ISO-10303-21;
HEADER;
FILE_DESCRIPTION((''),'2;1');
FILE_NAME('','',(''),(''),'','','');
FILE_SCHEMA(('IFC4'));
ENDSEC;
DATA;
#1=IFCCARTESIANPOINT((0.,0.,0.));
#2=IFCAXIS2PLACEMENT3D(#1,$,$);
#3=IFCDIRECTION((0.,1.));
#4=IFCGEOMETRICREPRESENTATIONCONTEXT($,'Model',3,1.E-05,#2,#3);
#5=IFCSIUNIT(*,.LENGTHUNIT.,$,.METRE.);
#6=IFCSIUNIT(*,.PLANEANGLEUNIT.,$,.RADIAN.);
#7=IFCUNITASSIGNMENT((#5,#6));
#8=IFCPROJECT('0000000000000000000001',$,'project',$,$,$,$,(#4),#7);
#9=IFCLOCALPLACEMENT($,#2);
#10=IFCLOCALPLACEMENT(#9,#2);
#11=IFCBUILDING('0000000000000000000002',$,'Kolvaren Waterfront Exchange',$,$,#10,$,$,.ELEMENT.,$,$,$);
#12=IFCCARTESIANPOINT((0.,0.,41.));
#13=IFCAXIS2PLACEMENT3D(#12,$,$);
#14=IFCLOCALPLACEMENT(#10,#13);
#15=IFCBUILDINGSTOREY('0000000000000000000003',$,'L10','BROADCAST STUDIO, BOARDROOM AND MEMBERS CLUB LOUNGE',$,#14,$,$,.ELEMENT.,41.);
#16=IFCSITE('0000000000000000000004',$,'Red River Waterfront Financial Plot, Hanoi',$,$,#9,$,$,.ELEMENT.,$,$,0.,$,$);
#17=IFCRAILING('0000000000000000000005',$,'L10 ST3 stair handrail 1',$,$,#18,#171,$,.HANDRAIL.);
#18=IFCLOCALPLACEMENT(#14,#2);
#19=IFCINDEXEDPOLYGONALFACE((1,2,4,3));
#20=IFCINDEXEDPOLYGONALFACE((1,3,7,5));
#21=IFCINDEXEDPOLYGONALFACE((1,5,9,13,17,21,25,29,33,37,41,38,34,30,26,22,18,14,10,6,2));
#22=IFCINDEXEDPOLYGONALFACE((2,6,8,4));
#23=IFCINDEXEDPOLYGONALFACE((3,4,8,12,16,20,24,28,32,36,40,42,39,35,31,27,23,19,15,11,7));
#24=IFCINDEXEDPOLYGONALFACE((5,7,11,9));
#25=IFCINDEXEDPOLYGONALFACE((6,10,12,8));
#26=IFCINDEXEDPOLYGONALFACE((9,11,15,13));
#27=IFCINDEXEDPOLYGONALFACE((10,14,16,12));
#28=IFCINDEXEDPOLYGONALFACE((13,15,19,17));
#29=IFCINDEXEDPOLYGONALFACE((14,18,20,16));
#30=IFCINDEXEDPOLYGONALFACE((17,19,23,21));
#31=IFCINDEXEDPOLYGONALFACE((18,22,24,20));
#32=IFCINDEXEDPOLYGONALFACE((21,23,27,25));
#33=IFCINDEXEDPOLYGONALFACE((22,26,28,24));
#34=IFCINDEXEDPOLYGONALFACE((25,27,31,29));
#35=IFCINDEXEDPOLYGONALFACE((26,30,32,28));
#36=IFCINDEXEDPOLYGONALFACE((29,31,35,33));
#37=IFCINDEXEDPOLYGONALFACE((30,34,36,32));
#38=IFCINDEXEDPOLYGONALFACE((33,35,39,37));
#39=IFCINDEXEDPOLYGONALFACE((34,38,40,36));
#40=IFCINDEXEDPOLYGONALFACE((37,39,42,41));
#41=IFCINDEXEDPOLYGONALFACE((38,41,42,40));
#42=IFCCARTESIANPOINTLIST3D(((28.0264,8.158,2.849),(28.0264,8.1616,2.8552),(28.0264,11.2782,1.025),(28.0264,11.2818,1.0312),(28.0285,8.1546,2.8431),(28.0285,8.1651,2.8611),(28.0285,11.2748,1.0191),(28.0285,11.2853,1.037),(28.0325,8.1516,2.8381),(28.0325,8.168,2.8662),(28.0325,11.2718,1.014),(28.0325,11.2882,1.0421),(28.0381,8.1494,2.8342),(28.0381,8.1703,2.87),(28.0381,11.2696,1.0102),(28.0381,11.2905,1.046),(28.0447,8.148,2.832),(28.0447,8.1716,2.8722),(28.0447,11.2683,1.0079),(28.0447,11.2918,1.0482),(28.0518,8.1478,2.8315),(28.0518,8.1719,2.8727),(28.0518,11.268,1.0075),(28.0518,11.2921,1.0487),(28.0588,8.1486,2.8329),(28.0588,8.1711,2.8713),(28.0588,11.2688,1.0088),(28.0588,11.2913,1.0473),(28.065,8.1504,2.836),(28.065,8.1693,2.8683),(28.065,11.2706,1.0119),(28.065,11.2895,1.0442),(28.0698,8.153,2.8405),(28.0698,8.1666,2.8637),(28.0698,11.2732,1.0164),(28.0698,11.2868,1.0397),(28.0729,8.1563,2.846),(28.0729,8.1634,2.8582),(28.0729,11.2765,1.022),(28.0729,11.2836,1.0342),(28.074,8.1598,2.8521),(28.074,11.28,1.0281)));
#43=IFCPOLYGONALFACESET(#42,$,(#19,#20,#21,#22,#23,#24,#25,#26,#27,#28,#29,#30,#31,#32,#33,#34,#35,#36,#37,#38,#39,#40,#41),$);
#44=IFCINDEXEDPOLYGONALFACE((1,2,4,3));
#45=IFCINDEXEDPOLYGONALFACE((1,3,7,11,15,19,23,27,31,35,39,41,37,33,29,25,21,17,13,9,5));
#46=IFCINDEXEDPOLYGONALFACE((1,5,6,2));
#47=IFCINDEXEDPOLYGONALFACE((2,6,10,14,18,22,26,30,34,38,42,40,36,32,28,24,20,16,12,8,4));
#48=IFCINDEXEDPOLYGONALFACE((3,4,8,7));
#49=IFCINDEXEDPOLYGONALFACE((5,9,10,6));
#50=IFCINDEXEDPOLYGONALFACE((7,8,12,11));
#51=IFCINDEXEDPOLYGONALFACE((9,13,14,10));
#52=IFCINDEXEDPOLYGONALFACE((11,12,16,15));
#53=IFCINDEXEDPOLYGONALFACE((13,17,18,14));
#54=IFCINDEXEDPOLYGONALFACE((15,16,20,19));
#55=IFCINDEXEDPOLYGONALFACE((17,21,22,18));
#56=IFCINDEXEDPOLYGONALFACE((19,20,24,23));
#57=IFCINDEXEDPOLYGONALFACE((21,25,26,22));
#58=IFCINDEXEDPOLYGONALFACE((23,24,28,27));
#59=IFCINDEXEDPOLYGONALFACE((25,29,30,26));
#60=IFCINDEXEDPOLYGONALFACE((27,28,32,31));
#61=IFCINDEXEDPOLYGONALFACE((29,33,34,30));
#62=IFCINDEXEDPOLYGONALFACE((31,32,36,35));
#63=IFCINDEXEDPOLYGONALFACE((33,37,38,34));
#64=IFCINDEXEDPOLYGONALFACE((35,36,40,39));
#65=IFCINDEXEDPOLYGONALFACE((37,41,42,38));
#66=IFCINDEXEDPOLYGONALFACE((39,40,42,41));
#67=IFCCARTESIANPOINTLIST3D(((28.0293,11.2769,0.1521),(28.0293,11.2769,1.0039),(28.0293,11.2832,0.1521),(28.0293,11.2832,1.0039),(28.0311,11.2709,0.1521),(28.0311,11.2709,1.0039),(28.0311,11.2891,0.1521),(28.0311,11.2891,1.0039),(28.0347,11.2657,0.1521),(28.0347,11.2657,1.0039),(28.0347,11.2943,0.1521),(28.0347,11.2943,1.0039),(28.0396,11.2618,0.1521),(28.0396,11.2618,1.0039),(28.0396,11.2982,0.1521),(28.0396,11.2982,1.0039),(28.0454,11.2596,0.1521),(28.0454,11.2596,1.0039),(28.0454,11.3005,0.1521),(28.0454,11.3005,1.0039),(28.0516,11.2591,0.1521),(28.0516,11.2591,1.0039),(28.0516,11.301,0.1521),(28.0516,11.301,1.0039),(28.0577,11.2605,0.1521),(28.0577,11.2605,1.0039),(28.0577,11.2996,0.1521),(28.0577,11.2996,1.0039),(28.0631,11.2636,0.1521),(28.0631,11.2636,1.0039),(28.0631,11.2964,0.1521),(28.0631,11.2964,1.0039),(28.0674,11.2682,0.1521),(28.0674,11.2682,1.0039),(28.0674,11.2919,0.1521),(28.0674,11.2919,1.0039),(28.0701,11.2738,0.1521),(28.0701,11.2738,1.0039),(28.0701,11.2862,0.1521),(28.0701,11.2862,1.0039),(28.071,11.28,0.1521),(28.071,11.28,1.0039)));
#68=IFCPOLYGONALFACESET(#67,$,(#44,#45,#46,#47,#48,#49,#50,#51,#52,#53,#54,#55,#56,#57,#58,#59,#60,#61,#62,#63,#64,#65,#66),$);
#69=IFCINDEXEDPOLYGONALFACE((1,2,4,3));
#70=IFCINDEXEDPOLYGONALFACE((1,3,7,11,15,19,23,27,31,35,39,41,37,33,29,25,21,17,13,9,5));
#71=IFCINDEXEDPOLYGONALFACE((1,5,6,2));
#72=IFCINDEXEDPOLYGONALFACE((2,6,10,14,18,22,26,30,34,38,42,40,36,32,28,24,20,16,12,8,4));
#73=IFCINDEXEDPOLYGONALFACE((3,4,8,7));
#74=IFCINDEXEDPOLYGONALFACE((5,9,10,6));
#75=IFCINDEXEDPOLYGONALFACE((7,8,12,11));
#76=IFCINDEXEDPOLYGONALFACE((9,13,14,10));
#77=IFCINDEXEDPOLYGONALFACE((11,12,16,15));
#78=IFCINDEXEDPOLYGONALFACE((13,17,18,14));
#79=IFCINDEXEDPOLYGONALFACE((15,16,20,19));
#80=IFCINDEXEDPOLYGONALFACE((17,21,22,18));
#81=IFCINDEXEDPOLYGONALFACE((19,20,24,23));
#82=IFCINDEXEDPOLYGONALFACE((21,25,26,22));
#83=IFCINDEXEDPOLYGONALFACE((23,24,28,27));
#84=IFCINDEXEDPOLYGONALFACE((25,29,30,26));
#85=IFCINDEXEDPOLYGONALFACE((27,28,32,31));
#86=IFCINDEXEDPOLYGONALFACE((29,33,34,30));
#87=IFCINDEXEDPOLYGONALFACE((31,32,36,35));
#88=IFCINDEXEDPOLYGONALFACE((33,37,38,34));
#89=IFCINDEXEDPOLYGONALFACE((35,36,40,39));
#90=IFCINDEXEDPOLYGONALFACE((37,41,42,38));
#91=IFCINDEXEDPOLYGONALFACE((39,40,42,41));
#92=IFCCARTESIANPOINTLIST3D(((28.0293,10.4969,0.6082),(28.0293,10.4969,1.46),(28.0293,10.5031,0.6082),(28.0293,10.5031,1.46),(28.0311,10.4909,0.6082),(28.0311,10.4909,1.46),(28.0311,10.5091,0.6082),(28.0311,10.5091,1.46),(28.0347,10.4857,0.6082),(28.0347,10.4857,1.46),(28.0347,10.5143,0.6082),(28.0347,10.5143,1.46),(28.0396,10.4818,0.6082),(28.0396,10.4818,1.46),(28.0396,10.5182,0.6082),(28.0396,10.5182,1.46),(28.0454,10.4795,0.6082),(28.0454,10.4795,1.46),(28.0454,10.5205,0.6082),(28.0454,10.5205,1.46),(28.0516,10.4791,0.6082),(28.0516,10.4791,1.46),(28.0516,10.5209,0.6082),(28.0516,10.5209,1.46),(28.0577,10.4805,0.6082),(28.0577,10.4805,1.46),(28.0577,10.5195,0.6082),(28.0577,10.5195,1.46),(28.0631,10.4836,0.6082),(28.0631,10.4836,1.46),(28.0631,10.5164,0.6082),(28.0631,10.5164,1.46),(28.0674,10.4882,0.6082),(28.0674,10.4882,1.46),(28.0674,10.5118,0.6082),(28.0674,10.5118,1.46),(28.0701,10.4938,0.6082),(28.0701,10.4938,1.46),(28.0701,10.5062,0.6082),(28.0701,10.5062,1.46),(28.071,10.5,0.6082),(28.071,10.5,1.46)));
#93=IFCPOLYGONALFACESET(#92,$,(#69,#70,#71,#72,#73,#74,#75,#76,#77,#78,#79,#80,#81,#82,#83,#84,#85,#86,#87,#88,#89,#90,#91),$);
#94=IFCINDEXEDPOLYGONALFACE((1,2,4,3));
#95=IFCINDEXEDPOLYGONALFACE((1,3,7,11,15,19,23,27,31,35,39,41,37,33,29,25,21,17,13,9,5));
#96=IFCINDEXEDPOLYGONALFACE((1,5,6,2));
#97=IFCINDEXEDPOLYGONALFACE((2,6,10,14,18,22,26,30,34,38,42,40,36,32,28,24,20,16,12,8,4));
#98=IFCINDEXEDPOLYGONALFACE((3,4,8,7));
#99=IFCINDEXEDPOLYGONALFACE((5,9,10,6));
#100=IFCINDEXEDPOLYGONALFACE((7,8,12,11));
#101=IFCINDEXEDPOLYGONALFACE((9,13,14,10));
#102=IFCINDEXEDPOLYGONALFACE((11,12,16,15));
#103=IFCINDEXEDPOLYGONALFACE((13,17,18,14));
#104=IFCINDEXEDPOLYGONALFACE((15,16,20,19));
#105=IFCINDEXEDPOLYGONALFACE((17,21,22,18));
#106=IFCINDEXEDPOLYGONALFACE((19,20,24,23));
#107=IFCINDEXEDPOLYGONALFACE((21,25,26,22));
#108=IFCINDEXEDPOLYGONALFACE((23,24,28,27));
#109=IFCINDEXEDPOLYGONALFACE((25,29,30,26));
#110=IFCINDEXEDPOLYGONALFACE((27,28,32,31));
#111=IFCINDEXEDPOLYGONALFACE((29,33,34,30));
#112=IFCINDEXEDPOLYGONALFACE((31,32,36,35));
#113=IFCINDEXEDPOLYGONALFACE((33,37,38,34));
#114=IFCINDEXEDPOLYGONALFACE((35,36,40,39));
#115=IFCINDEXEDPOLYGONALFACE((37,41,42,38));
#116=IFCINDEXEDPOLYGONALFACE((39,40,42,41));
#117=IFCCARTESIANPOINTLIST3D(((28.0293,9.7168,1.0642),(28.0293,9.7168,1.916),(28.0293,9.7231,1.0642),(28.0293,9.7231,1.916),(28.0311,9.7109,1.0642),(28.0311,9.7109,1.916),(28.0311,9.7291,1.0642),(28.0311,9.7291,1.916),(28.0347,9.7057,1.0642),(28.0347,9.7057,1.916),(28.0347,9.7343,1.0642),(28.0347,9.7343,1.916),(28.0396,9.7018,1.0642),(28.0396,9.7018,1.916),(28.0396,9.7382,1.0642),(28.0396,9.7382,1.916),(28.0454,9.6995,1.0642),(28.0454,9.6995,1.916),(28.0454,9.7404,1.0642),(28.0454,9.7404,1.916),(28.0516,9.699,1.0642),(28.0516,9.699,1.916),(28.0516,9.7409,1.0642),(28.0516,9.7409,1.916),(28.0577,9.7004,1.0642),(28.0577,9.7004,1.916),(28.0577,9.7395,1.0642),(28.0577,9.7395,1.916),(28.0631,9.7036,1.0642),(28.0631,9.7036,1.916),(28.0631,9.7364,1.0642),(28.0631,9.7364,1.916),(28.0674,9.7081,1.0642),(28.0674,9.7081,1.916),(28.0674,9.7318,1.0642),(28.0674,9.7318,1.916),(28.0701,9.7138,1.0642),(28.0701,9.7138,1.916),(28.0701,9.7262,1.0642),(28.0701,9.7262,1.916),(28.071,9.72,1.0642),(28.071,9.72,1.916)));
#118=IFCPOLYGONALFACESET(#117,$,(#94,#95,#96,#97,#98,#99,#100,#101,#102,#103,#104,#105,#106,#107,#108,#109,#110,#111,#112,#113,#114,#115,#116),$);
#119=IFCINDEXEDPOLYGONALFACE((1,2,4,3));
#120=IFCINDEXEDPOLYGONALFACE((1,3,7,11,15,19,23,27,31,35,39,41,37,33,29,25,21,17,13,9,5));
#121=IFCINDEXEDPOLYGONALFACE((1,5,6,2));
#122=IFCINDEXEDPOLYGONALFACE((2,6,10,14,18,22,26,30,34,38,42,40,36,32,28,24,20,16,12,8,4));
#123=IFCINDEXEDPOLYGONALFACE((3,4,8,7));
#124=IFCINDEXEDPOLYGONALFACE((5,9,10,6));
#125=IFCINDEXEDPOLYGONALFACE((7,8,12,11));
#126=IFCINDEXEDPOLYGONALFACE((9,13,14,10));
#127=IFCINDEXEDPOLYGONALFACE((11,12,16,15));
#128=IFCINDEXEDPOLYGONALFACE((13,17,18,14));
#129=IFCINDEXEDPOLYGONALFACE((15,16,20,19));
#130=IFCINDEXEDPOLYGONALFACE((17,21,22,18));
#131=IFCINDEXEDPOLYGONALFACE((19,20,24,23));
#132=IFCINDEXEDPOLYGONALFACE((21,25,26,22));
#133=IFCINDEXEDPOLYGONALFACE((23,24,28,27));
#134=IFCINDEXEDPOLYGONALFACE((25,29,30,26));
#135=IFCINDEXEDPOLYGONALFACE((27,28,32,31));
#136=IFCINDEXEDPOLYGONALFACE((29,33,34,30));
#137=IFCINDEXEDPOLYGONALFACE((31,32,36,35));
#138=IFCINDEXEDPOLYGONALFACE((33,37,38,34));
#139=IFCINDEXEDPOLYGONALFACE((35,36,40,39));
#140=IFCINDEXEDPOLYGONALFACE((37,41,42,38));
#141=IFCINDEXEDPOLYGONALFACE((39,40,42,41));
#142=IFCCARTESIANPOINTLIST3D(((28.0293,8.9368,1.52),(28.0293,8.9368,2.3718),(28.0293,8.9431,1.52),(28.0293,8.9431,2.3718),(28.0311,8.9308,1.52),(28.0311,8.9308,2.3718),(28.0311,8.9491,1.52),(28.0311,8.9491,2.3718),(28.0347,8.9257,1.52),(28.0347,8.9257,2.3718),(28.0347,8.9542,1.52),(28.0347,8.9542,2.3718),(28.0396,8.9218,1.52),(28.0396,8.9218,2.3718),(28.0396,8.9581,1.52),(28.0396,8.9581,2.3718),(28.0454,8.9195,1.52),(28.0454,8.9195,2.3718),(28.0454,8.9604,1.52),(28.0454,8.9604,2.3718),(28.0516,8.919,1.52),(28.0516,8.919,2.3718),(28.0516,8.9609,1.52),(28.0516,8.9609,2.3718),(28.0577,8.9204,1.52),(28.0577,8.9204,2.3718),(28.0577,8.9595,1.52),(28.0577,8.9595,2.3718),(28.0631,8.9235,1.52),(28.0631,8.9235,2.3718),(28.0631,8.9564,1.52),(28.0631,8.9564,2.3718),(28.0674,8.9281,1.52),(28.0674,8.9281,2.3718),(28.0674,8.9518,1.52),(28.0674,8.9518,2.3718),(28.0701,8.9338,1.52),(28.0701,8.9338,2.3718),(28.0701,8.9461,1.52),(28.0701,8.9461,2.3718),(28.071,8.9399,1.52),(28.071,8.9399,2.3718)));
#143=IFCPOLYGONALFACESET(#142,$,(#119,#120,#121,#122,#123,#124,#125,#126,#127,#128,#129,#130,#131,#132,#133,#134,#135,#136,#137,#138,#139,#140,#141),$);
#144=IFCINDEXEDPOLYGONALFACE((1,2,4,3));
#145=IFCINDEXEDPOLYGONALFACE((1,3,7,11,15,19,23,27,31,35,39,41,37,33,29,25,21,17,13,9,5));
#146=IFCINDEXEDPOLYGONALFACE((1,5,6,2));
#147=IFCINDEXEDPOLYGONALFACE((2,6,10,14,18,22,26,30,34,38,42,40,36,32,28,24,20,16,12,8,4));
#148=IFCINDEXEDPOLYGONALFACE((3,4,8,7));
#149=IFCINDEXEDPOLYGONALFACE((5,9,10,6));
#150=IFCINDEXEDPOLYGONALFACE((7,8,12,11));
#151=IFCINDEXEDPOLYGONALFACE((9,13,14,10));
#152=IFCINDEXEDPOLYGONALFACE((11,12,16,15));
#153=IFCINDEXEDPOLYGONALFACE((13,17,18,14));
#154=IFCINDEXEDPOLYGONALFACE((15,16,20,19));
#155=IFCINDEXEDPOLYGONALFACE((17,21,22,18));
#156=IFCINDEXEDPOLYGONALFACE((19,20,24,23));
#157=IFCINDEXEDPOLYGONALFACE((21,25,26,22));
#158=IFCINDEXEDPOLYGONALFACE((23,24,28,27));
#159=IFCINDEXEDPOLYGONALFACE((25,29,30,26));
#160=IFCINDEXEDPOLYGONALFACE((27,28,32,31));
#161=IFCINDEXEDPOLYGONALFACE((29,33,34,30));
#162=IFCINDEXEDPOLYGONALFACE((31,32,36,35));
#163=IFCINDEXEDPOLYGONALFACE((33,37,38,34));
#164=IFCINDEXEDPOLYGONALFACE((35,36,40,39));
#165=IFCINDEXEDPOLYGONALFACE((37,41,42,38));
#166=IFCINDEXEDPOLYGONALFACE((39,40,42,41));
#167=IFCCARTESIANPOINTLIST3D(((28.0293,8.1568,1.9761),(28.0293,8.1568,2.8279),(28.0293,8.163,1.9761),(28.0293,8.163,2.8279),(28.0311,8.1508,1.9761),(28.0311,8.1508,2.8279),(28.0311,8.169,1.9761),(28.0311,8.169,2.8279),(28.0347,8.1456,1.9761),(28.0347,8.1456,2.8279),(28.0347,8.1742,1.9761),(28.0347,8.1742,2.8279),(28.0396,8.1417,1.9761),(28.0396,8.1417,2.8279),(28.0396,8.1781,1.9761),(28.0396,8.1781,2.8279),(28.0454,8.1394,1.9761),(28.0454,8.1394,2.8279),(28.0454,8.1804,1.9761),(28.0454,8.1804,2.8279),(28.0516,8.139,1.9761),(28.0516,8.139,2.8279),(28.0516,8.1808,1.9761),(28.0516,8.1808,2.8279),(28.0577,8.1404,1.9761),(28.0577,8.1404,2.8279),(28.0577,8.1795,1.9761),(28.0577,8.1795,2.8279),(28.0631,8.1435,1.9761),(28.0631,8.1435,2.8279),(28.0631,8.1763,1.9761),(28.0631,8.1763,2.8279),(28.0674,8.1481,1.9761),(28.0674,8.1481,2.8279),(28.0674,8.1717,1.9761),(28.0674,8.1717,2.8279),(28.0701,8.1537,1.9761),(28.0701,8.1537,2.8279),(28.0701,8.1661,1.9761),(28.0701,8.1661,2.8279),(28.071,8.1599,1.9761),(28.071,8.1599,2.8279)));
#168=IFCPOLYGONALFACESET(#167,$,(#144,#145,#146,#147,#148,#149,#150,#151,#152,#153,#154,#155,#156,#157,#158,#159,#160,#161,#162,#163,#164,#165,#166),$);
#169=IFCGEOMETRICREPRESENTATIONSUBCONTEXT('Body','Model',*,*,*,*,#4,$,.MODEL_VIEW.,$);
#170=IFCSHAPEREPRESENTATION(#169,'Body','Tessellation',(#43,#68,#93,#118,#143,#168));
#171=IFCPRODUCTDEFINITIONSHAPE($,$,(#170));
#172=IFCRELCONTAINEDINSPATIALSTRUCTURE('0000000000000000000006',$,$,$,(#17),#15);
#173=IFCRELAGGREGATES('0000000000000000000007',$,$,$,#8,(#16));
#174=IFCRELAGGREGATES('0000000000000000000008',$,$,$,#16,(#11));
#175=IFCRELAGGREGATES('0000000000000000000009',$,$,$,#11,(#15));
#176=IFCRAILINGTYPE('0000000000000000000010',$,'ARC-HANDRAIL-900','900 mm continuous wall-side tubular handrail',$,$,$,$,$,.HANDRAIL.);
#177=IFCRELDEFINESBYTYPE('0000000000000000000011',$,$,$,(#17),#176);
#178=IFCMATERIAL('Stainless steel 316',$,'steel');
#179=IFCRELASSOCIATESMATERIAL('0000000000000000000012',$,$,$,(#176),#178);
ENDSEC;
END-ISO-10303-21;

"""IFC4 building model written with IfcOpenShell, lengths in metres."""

from ifc_helpers import new_model, si_unit, direction, frame, origin, origin_2d, place, context, subcontext, project, spatial, circle, extrude, material, type_object, element, save


model = new_model("IFC4")

# Units and contexts
model_context = context("Model", 3, precision=1e-05, world=origin(), true_north=direction((0.0, 1.0)))
body_context = subcontext(model_context, "Body", "Model", "MODEL_VIEW")
ifc_project = project(units=[si_unit("LENGTHUNIT", "METRE"), si_unit("PLANEANGLEUNIT", "RADIAN")], contexts=[model_context])

# Site, building, storey
site_placement = place(None, origin())
site = spatial("IfcSite", under=ifc_project, at=site_placement, Name="Red River Waterfront Financial Plot, Hanoi", CompositionType="ELEMENT", RefElevation=0.0)
building_placement = place(site_placement, origin())
building = spatial("IfcBuilding", under=site, at=building_placement, Name="Kolvaren Waterfront Exchange", CompositionType="ELEMENT")
storey_placement = place(building_placement, frame((0.0, 0.0, 41.0)))
storey = spatial("IfcBuildingStorey", under=building, at=storey_placement, Name="L10", Description="BROADCAST STUDIO, BOARDROOM AND MEMBERS CLUB LOUNGE", CompositionType="ELEMENT", Elevation=41.0)

# Railing
ifc_material_1 = material(Name="Stainless steel 316", Category="steel")
railing_type_1 = type_object("IfcRailingType", Name="ARC-HANDRAIL-900", Description="900 mm continuous wall-side tubular handrail", PredefinedType="HANDRAIL", material=ifc_material_1)
railing_1_placement = place(storey_placement, frame((28.05, 11.28, 0.1521)))
element("IfcRailing", 1, at=railing_1_placement, inside=storey, type_object=railing_type_1, Name="L10 ST3 stair handrail 1", PredefinedType="HANDRAIL", context=body_context, shape_type="SweptSolid", body=[
    extrude(circle(Radius=0.0239, at=origin_2d()), frame((0.0, 0.0, 0.876), z_axis=(0.0, -0.863308, 0.504677), x_axis=(1.0, 0.0, 0.0)), (0.0, 0.0, 1.0), 3.6143),
    extrude(circle(Radius=0.021, at=origin_2d()), origin(), (0.0, 0.0, 1.0), 0.8518),
    extrude(circle(Radius=0.021, at=origin_2d()), frame((0.0, -0.78, 0.4561)), (0.0, 0.0, 1.0), 0.8518),
    extrude(circle(Radius=0.021, at=origin_2d()), frame((0.0, -1.5601, 0.9121)), (0.0, 0.0, 1.0), 0.8518),
    extrude(circle(Radius=0.021, at=origin_2d()), frame((0.0, -2.3401, 1.3679)), (0.0, 0.0, 1.0), 0.8518),
    extrude(circle(Radius=0.021, at=origin_2d()), frame((0.0, -3.1201, 1.824)), (0.0, 0.0, 1.0), 0.8518),
])

save(model, "model.ifc")
